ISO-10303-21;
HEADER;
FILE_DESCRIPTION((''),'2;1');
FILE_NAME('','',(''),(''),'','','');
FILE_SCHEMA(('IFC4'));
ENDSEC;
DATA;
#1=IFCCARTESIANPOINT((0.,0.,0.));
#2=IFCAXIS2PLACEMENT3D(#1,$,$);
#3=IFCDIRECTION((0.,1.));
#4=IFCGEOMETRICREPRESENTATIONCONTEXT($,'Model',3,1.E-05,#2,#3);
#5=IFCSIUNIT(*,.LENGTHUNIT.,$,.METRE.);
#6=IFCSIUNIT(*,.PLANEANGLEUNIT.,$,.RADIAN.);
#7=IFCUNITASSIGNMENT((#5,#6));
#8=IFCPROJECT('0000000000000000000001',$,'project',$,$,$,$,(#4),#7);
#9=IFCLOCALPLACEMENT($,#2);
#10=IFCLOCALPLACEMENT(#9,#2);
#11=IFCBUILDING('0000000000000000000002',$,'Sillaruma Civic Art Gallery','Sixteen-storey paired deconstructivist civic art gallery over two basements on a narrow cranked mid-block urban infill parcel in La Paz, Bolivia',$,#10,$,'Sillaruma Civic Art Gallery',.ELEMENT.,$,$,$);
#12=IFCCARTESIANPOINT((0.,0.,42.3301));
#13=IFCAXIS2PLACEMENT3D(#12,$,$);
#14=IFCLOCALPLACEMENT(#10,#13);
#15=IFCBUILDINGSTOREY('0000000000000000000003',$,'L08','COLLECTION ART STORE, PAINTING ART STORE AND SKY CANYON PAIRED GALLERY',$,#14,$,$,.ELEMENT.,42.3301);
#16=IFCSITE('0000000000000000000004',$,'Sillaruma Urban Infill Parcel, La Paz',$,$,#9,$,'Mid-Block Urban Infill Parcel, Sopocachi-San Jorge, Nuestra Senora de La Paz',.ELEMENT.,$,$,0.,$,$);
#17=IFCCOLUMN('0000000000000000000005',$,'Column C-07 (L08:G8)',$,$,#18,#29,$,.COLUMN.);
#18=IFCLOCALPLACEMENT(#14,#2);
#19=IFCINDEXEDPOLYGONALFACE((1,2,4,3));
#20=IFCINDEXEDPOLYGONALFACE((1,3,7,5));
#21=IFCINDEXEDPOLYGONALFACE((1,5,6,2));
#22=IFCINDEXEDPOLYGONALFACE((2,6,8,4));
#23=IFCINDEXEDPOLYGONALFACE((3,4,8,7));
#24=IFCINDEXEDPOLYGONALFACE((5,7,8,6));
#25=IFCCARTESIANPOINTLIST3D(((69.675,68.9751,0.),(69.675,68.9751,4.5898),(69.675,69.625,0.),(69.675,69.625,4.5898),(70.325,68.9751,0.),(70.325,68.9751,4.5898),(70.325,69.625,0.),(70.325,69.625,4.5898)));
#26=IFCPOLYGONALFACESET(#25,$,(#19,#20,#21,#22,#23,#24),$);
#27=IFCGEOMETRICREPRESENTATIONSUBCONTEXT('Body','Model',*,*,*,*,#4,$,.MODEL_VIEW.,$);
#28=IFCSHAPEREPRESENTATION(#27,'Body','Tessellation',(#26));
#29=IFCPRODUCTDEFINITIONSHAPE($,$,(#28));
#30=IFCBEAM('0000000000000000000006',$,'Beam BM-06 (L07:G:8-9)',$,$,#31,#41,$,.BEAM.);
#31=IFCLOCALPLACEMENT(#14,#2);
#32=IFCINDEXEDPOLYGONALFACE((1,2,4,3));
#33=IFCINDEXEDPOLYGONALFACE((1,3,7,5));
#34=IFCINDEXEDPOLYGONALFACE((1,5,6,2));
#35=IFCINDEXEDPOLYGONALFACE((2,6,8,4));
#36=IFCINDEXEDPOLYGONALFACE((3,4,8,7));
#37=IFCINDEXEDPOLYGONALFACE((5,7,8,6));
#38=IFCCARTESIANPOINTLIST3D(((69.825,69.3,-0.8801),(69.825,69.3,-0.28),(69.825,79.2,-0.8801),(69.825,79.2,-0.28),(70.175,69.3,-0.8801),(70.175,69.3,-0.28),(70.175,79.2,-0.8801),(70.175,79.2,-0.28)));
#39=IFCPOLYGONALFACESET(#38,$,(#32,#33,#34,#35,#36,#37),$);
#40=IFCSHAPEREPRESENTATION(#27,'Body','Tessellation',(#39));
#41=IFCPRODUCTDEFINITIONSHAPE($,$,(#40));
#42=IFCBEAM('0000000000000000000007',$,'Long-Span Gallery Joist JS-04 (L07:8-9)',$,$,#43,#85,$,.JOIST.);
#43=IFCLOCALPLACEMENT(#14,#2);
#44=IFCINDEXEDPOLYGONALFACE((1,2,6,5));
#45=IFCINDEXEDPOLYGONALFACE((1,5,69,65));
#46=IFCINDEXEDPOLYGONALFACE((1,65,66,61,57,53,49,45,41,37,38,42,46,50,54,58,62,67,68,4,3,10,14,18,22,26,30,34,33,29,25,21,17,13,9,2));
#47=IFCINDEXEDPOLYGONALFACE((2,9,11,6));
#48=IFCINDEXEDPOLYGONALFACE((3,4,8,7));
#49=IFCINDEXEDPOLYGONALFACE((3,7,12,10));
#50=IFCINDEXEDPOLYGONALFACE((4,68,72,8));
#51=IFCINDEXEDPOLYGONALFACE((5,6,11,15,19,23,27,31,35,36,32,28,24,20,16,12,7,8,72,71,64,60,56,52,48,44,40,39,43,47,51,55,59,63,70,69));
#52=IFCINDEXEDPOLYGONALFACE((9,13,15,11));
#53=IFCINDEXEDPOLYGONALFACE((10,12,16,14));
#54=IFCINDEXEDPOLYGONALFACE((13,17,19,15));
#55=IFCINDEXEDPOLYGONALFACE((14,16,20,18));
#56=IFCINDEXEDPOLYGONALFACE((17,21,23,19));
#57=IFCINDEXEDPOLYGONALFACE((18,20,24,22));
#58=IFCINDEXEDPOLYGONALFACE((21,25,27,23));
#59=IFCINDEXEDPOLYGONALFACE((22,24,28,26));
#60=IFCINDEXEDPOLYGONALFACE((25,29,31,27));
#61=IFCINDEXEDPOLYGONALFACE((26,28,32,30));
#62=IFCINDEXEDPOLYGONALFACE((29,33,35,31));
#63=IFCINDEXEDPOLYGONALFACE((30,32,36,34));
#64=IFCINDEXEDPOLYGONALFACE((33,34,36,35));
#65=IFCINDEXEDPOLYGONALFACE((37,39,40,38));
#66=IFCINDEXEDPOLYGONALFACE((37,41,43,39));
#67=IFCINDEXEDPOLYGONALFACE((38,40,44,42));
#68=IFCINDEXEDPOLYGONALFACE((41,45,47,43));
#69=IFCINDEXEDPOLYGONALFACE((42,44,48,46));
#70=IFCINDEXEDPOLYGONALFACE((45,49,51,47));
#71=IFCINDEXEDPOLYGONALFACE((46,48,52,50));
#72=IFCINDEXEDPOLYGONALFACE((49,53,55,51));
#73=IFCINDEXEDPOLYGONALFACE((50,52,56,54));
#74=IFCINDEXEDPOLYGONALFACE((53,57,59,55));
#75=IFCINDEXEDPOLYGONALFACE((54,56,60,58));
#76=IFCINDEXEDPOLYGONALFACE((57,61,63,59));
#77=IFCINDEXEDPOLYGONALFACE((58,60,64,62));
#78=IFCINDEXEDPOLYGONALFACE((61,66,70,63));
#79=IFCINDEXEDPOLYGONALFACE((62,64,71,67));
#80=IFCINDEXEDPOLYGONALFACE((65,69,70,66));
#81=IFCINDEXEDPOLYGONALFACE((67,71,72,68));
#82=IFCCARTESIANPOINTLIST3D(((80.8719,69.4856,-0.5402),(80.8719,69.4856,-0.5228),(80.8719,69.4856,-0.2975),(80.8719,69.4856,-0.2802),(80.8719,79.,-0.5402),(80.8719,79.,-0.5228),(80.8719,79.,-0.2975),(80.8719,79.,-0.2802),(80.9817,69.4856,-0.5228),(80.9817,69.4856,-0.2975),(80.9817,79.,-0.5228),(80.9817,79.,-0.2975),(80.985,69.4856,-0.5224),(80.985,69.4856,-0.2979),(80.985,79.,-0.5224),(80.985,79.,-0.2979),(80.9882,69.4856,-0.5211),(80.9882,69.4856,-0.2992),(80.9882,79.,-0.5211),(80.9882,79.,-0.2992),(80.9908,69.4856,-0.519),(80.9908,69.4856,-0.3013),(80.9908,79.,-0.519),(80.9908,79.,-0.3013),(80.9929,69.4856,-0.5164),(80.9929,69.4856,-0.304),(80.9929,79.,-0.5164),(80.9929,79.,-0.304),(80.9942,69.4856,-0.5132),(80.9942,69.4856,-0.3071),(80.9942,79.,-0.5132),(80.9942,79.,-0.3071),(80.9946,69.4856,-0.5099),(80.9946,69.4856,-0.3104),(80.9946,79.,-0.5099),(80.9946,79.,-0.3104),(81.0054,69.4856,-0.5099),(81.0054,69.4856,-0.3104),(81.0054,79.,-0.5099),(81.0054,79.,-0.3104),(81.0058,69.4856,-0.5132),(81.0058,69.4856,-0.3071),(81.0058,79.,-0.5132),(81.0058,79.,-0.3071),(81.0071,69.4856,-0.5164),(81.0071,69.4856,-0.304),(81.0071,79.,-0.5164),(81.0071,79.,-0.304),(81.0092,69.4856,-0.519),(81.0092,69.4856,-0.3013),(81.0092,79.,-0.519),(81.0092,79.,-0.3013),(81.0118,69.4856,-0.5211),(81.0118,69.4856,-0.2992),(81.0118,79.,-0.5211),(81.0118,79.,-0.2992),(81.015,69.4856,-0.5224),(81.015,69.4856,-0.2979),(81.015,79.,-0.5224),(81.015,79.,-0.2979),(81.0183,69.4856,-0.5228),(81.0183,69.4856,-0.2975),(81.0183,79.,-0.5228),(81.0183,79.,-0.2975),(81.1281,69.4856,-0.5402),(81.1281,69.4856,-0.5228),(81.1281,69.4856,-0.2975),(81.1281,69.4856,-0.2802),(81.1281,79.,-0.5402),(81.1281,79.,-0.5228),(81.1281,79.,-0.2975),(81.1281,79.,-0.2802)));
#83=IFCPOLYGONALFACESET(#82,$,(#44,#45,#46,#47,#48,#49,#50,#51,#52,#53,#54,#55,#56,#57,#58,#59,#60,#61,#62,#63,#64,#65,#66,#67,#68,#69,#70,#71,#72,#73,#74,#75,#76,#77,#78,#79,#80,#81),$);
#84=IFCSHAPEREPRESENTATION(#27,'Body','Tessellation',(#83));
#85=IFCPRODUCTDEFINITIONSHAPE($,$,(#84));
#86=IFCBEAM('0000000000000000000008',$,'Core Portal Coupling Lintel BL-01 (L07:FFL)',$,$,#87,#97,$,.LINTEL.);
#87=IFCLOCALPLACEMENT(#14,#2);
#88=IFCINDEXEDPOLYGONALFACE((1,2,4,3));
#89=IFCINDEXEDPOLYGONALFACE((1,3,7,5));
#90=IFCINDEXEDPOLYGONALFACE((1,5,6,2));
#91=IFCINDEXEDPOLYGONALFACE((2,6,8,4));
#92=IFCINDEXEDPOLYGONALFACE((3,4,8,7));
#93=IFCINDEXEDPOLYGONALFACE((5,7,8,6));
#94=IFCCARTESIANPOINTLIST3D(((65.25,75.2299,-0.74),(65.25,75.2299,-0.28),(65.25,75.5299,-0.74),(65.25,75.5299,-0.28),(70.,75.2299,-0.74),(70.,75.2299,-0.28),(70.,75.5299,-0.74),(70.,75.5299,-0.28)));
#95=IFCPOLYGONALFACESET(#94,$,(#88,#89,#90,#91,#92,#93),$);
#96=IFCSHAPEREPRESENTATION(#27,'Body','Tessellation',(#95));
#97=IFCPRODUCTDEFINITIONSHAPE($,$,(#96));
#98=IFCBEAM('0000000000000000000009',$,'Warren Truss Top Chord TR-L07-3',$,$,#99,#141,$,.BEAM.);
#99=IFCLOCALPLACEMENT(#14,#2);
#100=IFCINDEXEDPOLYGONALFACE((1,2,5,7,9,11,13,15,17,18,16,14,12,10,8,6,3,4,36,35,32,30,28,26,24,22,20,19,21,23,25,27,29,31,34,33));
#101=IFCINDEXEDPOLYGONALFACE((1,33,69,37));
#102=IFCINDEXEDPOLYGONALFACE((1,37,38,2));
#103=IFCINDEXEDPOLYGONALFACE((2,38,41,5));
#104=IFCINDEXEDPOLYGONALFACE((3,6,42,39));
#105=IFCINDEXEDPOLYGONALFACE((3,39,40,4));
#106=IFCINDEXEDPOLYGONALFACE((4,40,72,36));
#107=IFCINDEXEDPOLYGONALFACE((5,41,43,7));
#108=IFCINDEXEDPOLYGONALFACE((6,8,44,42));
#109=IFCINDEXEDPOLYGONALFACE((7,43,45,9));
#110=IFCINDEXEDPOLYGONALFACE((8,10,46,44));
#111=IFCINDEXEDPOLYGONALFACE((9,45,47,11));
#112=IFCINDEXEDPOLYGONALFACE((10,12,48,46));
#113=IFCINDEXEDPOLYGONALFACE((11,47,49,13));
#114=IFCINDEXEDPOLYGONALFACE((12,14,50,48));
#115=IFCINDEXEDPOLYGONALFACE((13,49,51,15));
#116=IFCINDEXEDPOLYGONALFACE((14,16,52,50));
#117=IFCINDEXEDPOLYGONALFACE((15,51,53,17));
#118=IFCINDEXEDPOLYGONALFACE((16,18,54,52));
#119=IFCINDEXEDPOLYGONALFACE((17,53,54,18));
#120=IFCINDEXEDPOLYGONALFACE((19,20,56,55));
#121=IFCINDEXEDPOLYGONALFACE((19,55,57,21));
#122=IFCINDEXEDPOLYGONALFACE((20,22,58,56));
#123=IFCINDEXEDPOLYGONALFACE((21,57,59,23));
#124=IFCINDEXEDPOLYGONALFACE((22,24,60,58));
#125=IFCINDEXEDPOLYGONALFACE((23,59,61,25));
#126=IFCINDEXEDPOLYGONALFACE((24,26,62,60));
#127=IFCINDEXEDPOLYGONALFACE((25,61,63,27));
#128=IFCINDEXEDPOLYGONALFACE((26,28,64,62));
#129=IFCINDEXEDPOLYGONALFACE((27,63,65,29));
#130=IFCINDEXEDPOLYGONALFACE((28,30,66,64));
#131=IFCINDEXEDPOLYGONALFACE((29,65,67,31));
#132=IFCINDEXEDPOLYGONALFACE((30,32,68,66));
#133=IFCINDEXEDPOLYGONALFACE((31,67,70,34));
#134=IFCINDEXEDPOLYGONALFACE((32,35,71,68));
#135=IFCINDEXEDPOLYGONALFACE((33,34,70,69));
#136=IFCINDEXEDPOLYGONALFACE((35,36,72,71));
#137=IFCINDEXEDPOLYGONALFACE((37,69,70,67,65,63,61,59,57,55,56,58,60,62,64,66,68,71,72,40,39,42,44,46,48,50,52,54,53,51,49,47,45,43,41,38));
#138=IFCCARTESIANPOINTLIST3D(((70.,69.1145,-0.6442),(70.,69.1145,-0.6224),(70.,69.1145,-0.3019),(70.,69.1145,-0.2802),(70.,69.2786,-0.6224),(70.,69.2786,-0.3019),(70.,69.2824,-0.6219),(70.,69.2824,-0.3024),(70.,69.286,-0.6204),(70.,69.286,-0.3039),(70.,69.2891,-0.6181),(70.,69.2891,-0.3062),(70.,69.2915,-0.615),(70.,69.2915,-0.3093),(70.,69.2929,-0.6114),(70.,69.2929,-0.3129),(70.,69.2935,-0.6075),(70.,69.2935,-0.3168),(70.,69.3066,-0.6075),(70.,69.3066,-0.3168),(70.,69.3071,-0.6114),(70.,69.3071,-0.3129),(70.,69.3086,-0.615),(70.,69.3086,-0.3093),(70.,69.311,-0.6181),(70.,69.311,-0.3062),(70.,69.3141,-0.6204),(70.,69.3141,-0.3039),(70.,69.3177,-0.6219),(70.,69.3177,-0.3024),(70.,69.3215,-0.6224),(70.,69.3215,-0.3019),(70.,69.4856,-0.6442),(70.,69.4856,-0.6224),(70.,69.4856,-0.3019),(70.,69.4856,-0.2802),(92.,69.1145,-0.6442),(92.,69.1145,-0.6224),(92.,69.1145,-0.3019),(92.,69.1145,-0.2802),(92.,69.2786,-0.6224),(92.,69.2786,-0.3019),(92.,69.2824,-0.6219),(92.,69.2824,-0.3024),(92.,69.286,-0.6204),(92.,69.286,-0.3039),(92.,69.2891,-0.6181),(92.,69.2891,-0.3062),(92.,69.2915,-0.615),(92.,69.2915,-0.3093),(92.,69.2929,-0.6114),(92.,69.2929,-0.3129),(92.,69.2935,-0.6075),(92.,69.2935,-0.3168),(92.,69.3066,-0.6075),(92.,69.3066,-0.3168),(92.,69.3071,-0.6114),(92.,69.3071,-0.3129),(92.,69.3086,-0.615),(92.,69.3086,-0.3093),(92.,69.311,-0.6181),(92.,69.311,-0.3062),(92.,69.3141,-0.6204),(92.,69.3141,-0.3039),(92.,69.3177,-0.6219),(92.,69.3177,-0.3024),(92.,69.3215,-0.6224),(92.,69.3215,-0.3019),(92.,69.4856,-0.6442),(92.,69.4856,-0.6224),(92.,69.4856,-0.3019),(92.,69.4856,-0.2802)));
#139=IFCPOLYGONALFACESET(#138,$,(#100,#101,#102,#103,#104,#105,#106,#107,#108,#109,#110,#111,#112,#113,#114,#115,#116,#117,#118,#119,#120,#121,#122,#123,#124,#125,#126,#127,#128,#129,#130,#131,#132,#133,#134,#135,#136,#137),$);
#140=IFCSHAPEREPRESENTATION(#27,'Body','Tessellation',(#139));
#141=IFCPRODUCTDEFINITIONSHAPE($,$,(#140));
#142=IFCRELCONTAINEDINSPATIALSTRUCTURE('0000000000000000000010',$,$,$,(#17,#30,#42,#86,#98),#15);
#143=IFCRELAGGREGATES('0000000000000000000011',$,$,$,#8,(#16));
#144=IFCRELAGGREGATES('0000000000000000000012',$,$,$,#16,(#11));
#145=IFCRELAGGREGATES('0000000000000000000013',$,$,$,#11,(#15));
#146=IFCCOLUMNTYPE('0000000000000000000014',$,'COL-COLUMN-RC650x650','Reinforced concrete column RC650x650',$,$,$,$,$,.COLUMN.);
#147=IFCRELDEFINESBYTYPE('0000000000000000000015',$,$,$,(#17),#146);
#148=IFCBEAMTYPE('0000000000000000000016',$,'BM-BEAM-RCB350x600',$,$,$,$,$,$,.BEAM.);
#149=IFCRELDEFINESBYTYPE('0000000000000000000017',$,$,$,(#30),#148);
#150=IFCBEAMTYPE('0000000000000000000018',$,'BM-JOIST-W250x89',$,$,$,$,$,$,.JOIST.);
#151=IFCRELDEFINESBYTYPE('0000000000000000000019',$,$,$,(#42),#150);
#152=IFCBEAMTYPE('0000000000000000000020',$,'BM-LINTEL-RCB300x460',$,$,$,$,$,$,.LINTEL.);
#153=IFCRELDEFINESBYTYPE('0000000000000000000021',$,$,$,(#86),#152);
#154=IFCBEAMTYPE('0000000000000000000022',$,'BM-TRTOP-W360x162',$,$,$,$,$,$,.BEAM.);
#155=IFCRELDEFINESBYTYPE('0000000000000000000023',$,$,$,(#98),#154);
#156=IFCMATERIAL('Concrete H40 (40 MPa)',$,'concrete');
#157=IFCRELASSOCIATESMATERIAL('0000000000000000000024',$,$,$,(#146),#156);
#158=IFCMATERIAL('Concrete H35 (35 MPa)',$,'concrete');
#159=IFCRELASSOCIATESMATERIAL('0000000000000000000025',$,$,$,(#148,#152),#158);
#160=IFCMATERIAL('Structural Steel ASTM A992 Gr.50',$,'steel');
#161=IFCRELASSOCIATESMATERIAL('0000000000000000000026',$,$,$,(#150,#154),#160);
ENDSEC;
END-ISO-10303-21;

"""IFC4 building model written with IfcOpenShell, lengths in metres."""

from ifc_helpers import new_model, si_unit, direction, frame, origin, origin_2d, place, context, subcontext, project, spatial, rectangle, i_section, extrude, material, material_profile, profile_set, type_object, element, save


model = new_model("IFC4")

# Units and contexts
model_context = context("Model", 3, precision=1e-05, world=origin(), true_north=direction((0.0, 1.0)))
body_context = subcontext(model_context, "Body", "Model", "MODEL_VIEW")
ifc_project = project(units=[si_unit("LENGTHUNIT", "METRE"), si_unit("PLANEANGLEUNIT", "RADIAN")], contexts=[model_context])

# Site, building, storey
site_placement = place(None, origin())
site = spatial("IfcSite", under=ifc_project, at=site_placement, Name="Sillaruma Urban Infill Parcel, La Paz", LongName="Mid-Block Urban Infill Parcel, Sopocachi-San Jorge, Nuestra Senora de La Paz", CompositionType="ELEMENT", RefElevation=0.0)
building_placement = place(site_placement, origin())
building = spatial("IfcBuilding", under=site, at=building_placement, Name="Sillaruma Civic Art Gallery", Description="Sixteen-storey paired deconstructivist civic art gallery over two basements on a narrow cranked mid-block urban infill parcel in La Paz, Bolivia", LongName="Sillaruma Civic Art Gallery", CompositionType="ELEMENT")
storey_placement = place(building_placement, frame((0.0, 0.0, 42.3301)))
storey = spatial("IfcBuildingStorey", under=building, at=storey_placement, Name="L08", Description="COLLECTION ART STORE, PAINTING ART STORE AND SKY CANYON PAIRED GALLERY", CompositionType="ELEMENT", Elevation=42.3301)

# Column
ifc_material_1 = material(Name="Concrete H40 (40 MPa)", Category="concrete")
ifc_material_profile_1 = material_profile(ifc_material_1, rectangle(XDim=0.6499, YDim=0.6499, at=origin_2d()), Name="RC650x650")
ifc_profile_set_1 = profile_set([ifc_material_profile_1], Name="Concrete H40 (40 MPa)")
column_type = type_object("IfcColumnType", Name="COL-COLUMN-RC650x650", Description="Reinforced concrete column RC650x650", PredefinedType="COLUMN", material=ifc_profile_set_1)
column_placement = place(storey_placement, frame((70.0, 69.3, 0.0), z_axis=(0.0, 0.0, 1.0), x_axis=(1.0, 0.0, 0.0)))
element("IfcColumn", 1, at=column_placement, inside=storey, type_object=column_type, Name="Column C-07 (L08:G8)", PredefinedType="COLUMN", context=body_context, shape_type="SweptSolid", body=[
    extrude(rectangle(XDim=0.6499, YDim=0.6499, at=origin_2d()), origin(), (0.0, 0.0, 1.0), 4.5898),
])

# Beams
ifc_material_2 = material(Name="Concrete H35 (35 MPa)", Category="concrete")
ifc_material_profile_2 = material_profile(ifc_material_2, rectangle(XDim=0.3501, YDim=0.6001, at=origin_2d()), Name="RCB350x600")
ifc_profile_set_2 = profile_set([ifc_material_profile_2], Name="Concrete H35 (35 MPa)")
beam_type_1 = type_object("IfcBeamType", Name="BM-BEAM-RCB350x600", PredefinedType="BEAM", material=ifc_profile_set_2)
beam_1_placement = place(storey_placement, frame((70.0, 69.3, -0.5801), z_axis=(0.0, 1.0, 0.0), x_axis=(-1.0, 0.0, 0.0)))
element("IfcBeam", 2, at=beam_1_placement, inside=storey, type_object=beam_type_1, Name="Beam BM-06 (L07:G:8-9)", PredefinedType="BEAM", context=body_context, shape_type="SweptSolid", body=[
    extrude(rectangle(XDim=0.3501, YDim=0.6001, at=origin_2d()), origin(), (0.0, 0.0, 1.0), 9.8999),
])
ifc_material_3 = material(Name="Structural Steel ASTM A992 Gr.50", Category="steel")
ifc_material_profile_3 = material_profile(ifc_material_3, i_section(OverallWidth=0.2561, OverallDepth=0.26, WebThickness=0.0107, FlangeThickness=0.0173, FilletRadius=0.0129, at=origin_2d()), Name="W250x89")
ifc_profile_set_3 = profile_set([ifc_material_profile_3], Name="Structural Steel ASTM A992 Gr.50")
beam_type_2 = type_object("IfcBeamType", Name="BM-JOIST-W250x89", PredefinedType="JOIST", material=ifc_profile_set_3)
beam_2_placement = place(storey_placement, frame((81.0, 69.4856, -0.4102), z_axis=(0.0, 1.0, 0.0), x_axis=(-1.0, 0.0, 0.0)))
element("IfcBeam", 3, at=beam_2_placement, inside=storey, type_object=beam_type_2, Name="Long-Span Gallery Joist JS-04 (L07:8-9)", PredefinedType="JOIST", context=body_context, shape_type="SweptSolid", body=[
    extrude(i_section(OverallWidth=0.2561, OverallDepth=0.26, WebThickness=0.0107, FlangeThickness=0.0173, FilletRadius=0.0129, at=origin_2d()), origin(), (0.0, 0.0, 1.0), 9.5144),
])
ifc_material_profile_4 = material_profile(ifc_material_2, rectangle(XDim=0.3, YDim=0.46, at=origin_2d()), Name="RCB300x460")
ifc_profile_set_4 = profile_set([ifc_material_profile_4], Name="Concrete H35 (35 MPa)")
beam_type_3 = type_object("IfcBeamType", Name="BM-LINTEL-RCB300x460", PredefinedType="LINTEL", material=ifc_profile_set_4)
beam_3_placement = place(storey_placement, frame((65.25, 75.3799, -0.51), z_axis=(1.0, 0.0, 0.0), x_axis=(0.0, 1.0, 0.0)))
element("IfcBeam", 4, at=beam_3_placement, inside=storey, type_object=beam_type_3, Name="Core Portal Coupling Lintel BL-01 (L07:FFL)", PredefinedType="LINTEL", context=body_context, shape_type="SweptSolid", body=[
    extrude(rectangle(XDim=0.3, YDim=0.46, at=origin_2d()), origin(), (0.0, 0.0, 1.0), 4.75),
])
ifc_material_profile_5 = material_profile(ifc_material_3, i_section(OverallWidth=0.3711, OverallDepth=0.364, WebThickness=0.0132, FlangeThickness=0.0217, FilletRadius=0.0149, at=origin_2d()), Name="W360x162")
ifc_profile_set_5 = profile_set([ifc_material_profile_5], Name="Structural Steel ASTM A992 Gr.50")
beam_type_4 = type_object("IfcBeamType", Name="BM-TRTOP-W360x162", PredefinedType="BEAM", material=ifc_profile_set_5)
beam_4_placement = place(storey_placement, frame((70.0, 69.3, -0.4622), z_axis=(1.0, 0.0, 0.0), x_axis=(0.0, 1.0, 0.0)))
element("IfcBeam", 5, at=beam_4_placement, inside=storey, type_object=beam_type_4, Name="Warren Truss Top Chord TR-L07-3", PredefinedType="BEAM", context=body_context, shape_type="SweptSolid", body=[
    extrude(i_section(OverallWidth=0.3711, OverallDepth=0.364, WebThickness=0.0132, FlangeThickness=0.0217, FilletRadius=0.0149, at=origin_2d()), origin(), (0.0, 0.0, 1.0), 22.0),
])

save(model, "model.ifc")
